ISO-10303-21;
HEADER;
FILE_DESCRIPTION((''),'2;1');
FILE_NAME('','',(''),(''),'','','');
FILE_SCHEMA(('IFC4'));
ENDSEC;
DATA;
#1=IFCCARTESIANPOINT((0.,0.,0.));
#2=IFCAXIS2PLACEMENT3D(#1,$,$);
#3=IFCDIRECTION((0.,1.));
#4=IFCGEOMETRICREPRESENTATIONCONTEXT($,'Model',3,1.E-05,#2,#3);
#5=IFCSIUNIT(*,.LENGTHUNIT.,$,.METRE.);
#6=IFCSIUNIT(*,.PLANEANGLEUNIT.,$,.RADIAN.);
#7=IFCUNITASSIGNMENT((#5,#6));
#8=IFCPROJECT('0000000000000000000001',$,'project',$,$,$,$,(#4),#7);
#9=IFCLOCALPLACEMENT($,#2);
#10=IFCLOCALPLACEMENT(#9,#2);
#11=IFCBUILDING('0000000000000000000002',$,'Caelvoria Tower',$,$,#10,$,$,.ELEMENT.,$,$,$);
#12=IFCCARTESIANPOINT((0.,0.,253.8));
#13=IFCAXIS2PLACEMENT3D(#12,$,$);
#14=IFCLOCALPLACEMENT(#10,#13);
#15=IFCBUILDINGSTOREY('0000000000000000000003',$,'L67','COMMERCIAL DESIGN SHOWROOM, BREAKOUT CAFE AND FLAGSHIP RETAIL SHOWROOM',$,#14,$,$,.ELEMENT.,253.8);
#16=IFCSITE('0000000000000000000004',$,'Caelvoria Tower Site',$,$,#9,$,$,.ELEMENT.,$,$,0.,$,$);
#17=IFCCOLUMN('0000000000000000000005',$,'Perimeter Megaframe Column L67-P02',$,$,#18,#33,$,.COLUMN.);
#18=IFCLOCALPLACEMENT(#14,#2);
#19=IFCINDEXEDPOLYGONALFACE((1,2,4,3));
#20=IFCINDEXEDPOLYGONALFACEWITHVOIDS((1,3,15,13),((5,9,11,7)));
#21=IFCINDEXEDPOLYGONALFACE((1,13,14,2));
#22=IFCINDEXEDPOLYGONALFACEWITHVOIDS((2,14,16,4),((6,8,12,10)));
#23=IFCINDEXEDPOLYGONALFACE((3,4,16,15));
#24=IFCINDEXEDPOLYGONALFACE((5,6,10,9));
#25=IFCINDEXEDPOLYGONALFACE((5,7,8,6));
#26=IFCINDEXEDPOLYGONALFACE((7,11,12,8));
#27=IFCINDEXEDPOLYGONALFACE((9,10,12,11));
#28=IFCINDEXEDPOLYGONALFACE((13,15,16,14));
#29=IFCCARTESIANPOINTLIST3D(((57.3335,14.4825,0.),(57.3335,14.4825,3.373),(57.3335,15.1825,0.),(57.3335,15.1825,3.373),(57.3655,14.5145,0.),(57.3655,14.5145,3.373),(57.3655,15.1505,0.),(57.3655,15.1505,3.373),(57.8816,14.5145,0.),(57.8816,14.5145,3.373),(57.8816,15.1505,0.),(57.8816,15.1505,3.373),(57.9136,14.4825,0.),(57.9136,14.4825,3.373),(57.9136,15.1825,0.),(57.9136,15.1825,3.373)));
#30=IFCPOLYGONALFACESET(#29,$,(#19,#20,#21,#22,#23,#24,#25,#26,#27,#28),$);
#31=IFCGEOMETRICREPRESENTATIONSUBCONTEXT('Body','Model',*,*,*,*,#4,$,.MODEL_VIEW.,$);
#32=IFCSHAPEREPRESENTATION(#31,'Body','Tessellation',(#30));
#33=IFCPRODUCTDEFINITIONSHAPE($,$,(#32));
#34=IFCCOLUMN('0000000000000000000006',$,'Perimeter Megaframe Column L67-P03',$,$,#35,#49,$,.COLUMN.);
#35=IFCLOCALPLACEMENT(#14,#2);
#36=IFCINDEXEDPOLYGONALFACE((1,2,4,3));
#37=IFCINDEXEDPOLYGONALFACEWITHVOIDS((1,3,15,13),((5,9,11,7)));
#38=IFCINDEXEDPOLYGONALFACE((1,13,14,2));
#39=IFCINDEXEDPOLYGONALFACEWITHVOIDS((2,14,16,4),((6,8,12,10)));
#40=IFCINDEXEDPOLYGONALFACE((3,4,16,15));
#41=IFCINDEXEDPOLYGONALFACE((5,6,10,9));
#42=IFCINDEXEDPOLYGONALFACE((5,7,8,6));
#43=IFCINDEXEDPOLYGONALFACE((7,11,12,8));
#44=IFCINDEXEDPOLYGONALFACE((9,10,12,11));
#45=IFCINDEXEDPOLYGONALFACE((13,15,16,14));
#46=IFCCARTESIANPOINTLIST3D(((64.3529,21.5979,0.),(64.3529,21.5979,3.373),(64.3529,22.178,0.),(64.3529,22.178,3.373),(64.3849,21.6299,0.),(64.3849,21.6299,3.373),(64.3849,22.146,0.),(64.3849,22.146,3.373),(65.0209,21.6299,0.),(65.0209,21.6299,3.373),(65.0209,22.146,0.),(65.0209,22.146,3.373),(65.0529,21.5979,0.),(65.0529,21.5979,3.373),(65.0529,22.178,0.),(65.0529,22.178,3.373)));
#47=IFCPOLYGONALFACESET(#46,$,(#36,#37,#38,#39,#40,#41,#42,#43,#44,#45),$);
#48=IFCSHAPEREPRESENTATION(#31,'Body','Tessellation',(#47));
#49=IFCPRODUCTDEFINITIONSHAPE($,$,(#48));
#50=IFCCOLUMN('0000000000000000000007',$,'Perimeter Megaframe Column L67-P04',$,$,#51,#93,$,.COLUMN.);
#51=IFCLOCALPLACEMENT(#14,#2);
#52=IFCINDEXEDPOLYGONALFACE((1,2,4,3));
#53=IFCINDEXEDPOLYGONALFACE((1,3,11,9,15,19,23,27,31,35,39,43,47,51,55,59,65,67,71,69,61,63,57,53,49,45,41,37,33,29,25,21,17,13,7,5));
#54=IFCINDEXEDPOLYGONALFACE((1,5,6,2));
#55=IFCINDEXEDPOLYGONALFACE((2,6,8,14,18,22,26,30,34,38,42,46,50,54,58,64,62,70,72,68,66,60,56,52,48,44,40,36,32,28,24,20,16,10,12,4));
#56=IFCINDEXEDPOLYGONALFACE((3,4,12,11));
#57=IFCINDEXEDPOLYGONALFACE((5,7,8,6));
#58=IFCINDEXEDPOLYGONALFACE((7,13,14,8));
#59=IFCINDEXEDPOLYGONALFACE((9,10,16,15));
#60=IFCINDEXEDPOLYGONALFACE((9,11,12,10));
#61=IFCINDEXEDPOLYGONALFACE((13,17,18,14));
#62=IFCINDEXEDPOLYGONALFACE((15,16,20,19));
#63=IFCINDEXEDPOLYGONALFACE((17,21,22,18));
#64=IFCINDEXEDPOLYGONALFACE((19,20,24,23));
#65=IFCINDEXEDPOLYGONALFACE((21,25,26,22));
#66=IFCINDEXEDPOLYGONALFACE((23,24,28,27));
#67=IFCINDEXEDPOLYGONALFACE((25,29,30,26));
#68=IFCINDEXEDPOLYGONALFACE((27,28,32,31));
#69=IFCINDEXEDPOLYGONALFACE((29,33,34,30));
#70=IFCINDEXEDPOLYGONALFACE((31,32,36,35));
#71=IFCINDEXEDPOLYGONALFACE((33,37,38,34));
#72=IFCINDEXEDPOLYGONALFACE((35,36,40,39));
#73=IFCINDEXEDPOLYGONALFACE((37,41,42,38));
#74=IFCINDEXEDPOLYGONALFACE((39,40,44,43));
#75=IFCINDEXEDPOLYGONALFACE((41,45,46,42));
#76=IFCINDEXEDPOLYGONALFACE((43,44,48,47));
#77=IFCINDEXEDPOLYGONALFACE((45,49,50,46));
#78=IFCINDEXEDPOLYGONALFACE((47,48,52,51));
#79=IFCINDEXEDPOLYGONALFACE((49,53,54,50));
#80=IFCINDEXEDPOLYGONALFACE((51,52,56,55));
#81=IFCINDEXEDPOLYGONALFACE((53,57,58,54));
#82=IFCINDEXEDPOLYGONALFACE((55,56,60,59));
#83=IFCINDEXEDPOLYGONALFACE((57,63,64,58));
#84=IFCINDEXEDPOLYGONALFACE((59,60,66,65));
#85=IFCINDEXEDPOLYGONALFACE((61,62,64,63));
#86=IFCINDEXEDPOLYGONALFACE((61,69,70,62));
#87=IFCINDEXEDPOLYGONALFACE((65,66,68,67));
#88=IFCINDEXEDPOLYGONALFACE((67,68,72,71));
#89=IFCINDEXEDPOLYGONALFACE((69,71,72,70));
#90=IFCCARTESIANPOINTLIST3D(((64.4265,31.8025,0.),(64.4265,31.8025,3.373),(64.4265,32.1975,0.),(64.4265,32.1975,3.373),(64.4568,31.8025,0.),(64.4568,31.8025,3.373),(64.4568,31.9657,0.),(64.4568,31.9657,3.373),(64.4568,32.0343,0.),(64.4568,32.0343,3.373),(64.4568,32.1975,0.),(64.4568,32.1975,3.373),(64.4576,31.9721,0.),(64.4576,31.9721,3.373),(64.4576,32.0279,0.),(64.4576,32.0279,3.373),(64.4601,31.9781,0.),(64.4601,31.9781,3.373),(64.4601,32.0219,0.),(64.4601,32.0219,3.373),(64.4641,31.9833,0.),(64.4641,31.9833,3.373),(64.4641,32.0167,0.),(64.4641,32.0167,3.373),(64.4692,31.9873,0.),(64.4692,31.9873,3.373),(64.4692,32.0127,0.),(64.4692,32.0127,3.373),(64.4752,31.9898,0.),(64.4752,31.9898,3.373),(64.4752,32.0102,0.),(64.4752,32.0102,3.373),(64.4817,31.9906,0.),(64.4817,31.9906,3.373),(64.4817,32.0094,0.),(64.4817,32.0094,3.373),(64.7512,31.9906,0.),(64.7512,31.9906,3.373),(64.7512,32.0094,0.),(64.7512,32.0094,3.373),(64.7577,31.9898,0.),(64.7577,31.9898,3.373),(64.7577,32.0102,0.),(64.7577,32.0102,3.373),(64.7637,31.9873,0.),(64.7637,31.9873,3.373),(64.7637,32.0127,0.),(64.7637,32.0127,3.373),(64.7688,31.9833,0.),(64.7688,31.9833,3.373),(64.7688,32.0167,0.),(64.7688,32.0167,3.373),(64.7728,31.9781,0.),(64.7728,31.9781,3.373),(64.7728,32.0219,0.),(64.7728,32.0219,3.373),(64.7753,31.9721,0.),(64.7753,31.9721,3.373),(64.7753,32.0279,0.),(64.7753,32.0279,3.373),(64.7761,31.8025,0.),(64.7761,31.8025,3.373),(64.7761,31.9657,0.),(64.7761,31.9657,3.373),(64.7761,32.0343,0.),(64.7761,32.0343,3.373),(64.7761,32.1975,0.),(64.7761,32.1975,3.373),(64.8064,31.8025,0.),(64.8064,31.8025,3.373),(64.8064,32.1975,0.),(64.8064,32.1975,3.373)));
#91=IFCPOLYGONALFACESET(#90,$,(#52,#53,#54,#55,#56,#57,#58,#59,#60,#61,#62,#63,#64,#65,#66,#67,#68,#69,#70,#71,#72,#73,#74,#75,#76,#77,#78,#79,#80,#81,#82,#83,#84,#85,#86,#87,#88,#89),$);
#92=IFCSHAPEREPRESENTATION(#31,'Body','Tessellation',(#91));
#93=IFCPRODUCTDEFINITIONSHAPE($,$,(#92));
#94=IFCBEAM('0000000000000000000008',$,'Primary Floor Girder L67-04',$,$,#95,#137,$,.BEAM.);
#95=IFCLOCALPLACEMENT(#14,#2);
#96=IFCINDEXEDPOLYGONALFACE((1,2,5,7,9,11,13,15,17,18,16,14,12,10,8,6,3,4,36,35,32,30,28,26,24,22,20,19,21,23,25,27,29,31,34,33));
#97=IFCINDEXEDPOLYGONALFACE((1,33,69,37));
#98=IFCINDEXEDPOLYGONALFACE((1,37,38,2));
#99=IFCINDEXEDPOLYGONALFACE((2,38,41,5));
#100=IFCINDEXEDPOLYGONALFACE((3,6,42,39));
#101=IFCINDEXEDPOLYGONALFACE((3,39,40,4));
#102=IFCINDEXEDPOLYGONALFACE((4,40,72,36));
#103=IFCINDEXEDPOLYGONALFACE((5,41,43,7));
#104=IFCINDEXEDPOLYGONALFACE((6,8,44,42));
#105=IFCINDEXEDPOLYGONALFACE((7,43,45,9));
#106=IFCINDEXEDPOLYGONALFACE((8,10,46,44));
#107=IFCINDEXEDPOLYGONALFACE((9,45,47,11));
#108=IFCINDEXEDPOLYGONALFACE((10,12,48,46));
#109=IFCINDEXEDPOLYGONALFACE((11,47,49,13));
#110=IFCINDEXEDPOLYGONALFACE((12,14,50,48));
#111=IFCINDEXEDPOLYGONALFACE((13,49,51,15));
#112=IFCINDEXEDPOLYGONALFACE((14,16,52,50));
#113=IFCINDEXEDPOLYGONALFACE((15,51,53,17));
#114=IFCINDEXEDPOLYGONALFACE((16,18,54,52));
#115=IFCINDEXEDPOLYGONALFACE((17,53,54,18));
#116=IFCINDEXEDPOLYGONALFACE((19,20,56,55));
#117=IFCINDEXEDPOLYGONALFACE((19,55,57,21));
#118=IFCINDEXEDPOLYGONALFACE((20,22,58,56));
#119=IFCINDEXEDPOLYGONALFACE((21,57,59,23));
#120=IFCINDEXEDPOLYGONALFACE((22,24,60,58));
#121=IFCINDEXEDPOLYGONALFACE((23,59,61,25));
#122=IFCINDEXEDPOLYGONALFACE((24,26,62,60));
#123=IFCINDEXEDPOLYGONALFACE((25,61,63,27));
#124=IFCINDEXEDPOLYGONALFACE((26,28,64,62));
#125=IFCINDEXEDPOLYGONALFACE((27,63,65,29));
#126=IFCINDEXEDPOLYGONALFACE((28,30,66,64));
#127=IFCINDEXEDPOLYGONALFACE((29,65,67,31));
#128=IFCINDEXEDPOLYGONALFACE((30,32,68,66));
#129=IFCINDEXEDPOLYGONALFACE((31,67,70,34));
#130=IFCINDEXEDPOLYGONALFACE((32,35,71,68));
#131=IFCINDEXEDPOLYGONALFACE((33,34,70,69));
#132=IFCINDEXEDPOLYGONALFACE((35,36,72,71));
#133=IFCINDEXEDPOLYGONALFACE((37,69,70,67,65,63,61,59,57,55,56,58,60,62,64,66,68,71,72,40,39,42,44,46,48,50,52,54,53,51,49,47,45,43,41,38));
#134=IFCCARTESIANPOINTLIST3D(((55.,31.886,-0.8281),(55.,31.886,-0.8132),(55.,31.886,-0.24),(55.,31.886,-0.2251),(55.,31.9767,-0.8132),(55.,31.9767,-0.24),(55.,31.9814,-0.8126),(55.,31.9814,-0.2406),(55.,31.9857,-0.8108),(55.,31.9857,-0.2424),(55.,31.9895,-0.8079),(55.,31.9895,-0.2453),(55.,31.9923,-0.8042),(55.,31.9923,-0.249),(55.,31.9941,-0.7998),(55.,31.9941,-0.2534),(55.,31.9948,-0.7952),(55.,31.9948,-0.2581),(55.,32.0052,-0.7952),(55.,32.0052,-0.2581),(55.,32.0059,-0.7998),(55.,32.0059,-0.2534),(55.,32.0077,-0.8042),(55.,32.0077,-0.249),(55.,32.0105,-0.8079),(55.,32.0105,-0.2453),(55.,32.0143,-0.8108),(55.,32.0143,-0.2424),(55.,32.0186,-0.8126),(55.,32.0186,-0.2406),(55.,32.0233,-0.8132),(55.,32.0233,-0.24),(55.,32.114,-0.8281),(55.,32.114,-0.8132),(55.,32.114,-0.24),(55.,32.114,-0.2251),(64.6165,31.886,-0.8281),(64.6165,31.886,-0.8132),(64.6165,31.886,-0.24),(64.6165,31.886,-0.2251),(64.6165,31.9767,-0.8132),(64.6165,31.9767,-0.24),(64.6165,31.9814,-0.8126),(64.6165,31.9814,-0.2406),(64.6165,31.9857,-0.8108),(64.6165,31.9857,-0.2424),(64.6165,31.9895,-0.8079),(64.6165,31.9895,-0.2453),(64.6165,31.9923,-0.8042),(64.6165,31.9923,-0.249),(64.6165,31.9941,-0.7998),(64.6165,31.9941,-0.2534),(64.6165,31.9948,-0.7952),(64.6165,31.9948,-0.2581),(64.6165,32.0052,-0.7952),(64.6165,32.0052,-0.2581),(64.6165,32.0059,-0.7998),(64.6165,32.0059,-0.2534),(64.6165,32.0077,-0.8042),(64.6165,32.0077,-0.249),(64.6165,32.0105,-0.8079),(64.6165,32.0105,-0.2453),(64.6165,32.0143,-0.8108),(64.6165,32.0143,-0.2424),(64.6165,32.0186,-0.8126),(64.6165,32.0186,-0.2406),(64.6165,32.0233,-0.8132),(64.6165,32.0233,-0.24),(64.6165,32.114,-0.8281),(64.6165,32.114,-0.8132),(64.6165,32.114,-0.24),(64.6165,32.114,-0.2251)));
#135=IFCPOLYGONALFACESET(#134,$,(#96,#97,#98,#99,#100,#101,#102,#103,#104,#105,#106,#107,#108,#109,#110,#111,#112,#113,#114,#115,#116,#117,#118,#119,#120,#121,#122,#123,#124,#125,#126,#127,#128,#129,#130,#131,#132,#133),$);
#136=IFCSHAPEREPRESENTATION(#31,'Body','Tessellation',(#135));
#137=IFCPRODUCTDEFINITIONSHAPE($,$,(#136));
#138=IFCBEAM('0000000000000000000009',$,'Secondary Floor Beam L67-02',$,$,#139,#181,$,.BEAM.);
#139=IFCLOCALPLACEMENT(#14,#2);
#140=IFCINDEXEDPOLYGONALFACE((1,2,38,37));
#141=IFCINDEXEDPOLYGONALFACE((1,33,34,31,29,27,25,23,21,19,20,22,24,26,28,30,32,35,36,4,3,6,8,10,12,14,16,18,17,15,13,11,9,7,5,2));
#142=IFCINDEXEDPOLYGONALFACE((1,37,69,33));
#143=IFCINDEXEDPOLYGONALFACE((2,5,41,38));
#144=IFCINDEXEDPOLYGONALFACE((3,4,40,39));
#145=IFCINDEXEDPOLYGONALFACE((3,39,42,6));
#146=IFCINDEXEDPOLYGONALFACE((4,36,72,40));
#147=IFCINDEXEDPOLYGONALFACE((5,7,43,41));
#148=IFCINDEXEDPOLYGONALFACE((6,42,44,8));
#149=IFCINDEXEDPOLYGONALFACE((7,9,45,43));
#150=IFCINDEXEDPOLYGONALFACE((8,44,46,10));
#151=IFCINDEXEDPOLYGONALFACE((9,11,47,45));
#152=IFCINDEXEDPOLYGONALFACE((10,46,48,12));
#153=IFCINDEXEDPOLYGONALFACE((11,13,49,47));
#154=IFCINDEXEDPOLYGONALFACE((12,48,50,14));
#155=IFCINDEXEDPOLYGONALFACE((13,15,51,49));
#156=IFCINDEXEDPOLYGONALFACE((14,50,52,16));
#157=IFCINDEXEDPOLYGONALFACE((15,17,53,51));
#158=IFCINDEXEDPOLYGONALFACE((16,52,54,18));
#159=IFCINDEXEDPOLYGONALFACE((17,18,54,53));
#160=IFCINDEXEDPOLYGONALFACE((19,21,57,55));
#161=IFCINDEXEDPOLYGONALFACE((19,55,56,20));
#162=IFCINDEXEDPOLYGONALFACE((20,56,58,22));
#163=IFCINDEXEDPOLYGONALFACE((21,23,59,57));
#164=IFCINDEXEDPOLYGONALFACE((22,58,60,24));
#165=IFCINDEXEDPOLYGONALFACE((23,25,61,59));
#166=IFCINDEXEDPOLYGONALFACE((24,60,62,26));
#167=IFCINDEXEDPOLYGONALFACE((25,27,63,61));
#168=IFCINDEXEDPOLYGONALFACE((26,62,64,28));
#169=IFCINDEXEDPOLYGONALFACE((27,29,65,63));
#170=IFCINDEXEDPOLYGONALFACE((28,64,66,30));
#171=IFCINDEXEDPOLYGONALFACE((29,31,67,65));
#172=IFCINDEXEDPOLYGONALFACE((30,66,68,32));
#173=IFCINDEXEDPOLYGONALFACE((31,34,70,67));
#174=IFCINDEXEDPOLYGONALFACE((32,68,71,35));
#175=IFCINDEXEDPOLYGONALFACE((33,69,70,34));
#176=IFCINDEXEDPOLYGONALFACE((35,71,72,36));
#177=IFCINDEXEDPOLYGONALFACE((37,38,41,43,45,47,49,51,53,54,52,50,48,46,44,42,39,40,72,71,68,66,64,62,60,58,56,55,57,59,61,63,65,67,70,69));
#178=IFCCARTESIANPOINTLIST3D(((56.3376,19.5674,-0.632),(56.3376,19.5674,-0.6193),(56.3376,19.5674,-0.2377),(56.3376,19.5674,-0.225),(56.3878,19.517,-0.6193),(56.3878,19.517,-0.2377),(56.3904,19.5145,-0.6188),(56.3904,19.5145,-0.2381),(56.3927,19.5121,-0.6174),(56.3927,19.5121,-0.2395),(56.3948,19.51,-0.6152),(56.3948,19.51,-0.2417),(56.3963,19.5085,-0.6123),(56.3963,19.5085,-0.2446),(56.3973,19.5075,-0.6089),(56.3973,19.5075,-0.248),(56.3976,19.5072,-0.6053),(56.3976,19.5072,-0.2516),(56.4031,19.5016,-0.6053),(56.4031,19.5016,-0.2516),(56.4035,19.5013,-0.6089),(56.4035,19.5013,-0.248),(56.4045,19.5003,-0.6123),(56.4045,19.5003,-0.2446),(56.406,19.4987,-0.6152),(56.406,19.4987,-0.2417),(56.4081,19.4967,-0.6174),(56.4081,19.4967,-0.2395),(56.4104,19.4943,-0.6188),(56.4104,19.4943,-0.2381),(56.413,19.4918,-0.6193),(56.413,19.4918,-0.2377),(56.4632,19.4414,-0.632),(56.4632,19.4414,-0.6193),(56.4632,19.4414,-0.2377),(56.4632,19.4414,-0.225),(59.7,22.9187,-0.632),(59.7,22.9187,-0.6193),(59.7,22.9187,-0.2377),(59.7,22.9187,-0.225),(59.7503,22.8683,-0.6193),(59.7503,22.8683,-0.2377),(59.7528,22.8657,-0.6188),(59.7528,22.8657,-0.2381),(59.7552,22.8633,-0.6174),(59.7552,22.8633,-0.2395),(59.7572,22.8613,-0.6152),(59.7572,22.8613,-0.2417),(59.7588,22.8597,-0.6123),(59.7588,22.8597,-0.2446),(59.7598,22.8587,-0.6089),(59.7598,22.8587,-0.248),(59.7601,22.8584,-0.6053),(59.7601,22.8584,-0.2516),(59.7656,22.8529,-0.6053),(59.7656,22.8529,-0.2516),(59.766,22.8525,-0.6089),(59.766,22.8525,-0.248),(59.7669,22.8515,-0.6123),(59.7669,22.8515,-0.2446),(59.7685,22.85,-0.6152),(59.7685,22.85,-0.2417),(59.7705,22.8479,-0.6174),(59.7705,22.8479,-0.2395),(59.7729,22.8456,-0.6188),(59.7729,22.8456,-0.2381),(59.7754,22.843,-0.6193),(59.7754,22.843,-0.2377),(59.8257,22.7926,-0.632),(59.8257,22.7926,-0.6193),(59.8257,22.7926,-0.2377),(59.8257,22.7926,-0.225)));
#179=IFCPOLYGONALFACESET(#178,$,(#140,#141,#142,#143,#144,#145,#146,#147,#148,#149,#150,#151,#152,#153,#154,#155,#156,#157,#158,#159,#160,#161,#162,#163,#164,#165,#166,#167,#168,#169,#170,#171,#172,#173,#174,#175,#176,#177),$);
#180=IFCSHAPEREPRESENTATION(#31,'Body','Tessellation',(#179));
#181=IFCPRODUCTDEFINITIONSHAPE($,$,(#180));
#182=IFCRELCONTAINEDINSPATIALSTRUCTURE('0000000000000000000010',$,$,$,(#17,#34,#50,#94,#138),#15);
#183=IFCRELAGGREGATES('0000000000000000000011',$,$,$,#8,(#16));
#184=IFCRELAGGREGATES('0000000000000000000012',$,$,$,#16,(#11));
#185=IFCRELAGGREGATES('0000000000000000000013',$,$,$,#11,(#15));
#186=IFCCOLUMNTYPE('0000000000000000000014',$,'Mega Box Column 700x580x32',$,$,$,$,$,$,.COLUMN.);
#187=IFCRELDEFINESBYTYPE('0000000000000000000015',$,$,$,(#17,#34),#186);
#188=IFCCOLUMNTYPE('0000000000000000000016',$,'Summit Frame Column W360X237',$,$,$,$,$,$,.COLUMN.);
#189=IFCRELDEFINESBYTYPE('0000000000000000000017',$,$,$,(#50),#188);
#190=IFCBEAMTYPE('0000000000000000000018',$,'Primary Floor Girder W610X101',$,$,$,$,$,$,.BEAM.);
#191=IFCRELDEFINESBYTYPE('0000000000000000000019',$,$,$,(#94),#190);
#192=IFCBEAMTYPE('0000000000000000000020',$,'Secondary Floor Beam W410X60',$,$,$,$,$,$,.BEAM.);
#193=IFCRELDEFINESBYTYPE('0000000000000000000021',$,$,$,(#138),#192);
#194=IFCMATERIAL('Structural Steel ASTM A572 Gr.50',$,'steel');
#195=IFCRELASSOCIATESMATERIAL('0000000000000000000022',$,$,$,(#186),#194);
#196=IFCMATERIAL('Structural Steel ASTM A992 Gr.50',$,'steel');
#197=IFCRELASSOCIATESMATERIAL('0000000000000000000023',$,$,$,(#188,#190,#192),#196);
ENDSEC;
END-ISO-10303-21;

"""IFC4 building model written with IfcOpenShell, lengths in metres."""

from ifc_helpers import new_model, si_unit, direction, frame, origin, origin_2d, place, context, subcontext, project, spatial, hollow_rectangle, i_section, extrude, material, material_profile, profile_set, type_object, element, save


model = new_model("IFC4")

# Units and contexts
model_context = context("Model", 3, precision=1e-05, world=origin(), true_north=direction((0.0, 1.0)))
body_context = subcontext(model_context, "Body", "Model", "MODEL_VIEW")
ifc_project = project(units=[si_unit("LENGTHUNIT", "METRE"), si_unit("PLANEANGLEUNIT", "RADIAN")], contexts=[model_context])

# Site, building, storey
site_placement = place(None, origin())
site = spatial("IfcSite", under=ifc_project, at=site_placement, Name="Caelvoria Tower Site", CompositionType="ELEMENT", RefElevation=0.0)
building_placement = place(site_placement, origin())
building = spatial("IfcBuilding", under=site, at=building_placement, Name="Caelvoria Tower", CompositionType="ELEMENT")
storey_placement = place(building_placement, frame((0.0, 0.0, 253.8)))
storey = spatial("IfcBuildingStorey", under=building, at=storey_placement, Name="L67", Description="COMMERCIAL DESIGN SHOWROOM, BREAKOUT CAFE AND FLAGSHIP RETAIL SHOWROOM", CompositionType="ELEMENT", Elevation=253.8)

# Columns
ifc_material_1 = material(Name="Structural Steel ASTM A572 Gr.50", Category="steel")
ifc_material_profile_1 = material_profile(ifc_material_1, hollow_rectangle(XDim=0.5801, YDim=0.7, WallThickness=0.032, at=origin_2d()), Name="Structural Steel ASTM A572 Gr.50")
ifc_profile_set_1 = profile_set([ifc_material_profile_1], Name="BOX700X580X32 - Structural Steel ASTM A572 Gr.50")
column_type_1 = type_object("IfcColumnType", Name="Mega Box Column 700x580x32", PredefinedType="COLUMN", material=ifc_profile_set_1)
for number, where, z_axis, x_axis, name in (
    (1, (57.6235, 14.8325, 0.0), (0.0, 0.0, 1.0), (1.0, 0.0, 0.0), "Perimeter Megaframe Column L67-P02"),
    (2, (64.7029, 21.8879, 0.0), (0.0, 0.0, 1.0), (0.0, 1.0, 0.0), "Perimeter Megaframe Column L67-P03"),
):
    element("IfcColumn", number, at=place(storey_placement, frame(where, z_axis=z_axis, x_axis=x_axis)), inside=storey, type_object=column_type_1, Name=name, PredefinedType="COLUMN", context=body_context, shape_type="SweptSolid", body=[
        extrude(hollow_rectangle(XDim=0.5801, YDim=0.7, WallThickness=0.032, at=origin_2d()), origin(), (0.0, 0.0, 1.0), 3.373),
    ])
ifc_material_2 = material(Name="Structural Steel ASTM A992 Gr.50", Category="steel")
ifc_material_profile_2 = material_profile(ifc_material_2, i_section(OverallWidth=0.395, OverallDepth=0.3799, WebThickness=0.0188, FlangeThickness=0.0303, FilletRadius=0.0249, at=origin_2d()), Name="Structural Steel ASTM A992 Gr.50")
ifc_profile_set_2 = profile_set([ifc_material_profile_2], Name="W360X237 - Structural Steel ASTM A992 Gr.50")
column_type_2 = type_object("IfcColumnType", Name="Summit Frame Column W360X237", PredefinedType="COLUMN", material=ifc_profile_set_2)
column_placement = place(storey_placement, frame((64.6165, 32.0, 0.0), z_axis=(0.0, 0.0, 1.0), x_axis=(0.0, 1.0, 0.0)))
element("IfcColumn", 3, at=column_placement, inside=storey, type_object=column_type_2, Name="Perimeter Megaframe Column L67-P04", PredefinedType="COLUMN", context=body_context, shape_type="SweptSolid", body=[
    extrude(i_section(OverallWidth=0.395, OverallDepth=0.3799, WebThickness=0.0188, FlangeThickness=0.0303, FilletRadius=0.0249, at=origin_2d()), origin(), (0.0, 0.0, 1.0), 3.373),
])

# Beams
ifc_material_profile_3 = material_profile(ifc_material_2, i_section(OverallWidth=0.228, OverallDepth=0.603, WebThickness=0.0105, FlangeThickness=0.0149, FilletRadius=0.0181, at=origin_2d()), Name="Structural Steel ASTM A992 Gr.50")
ifc_profile_set_3 = profile_set([ifc_material_profile_3], Name="W610X101 - Structural Steel ASTM A992 Gr.50")
beam_type_1 = type_object("IfcBeamType", Name="Primary Floor Girder W610X101", PredefinedType="BEAM", material=ifc_profile_set_3)
beam_1_placement = place(storey_placement, frame((55.0, 32.0, -0.5266), z_axis=(1.0, 0.0, 0.0), x_axis=(0.0, 1.0, 0.0)))
element("IfcBeam", 4, at=beam_1_placement, inside=storey, type_object=beam_type_1, Name="Primary Floor Girder L67-04", PredefinedType="BEAM", context=body_context, shape_type="SweptSolid", body=[
    extrude(i_section(OverallWidth=0.228, OverallDepth=0.603, WebThickness=0.0105, FlangeThickness=0.0149, FilletRadius=0.0181, at=origin_2d()), origin(), (0.0, 0.0, 1.0), 9.6165),
])
ifc_material_profile_4 = material_profile(ifc_material_2, i_section(OverallWidth=0.178, OverallDepth=0.407, WebThickness=0.0078, FlangeThickness=0.0127, FilletRadius=0.0139, at=origin_2d()), Name="Structural Steel ASTM A992 Gr.50")
ifc_profile_set_4 = profile_set([ifc_material_profile_4], Name="W410X60 - Structural Steel ASTM A992 Gr.50")
beam_type_2 = type_object("IfcBeamType", Name="Secondary Floor Beam W410X60", PredefinedType="BEAM", material=ifc_profile_set_4)
beam_2_placement = place(storey_placement, frame((56.4004, 19.5044, -0.4285), z_axis=(0.708289, 0.705923, 0.0), x_axis=(-0.705923, 0.708289, 0.0)))
element("IfcBeam", 5, at=beam_2_placement, inside=storey, type_object=beam_type_2, Name="Secondary Floor Beam L67-02", PredefinedType="BEAM", context=body_context, shape_type="SweptSolid", body=[
    extrude(i_section(OverallWidth=0.178, OverallDepth=0.407, WebThickness=0.0078, FlangeThickness=0.0127, FilletRadius=0.0139, at=origin_2d()), origin(), (0.0, 0.0, 1.0), 4.7473),
])

save(model, "model.ifc")
